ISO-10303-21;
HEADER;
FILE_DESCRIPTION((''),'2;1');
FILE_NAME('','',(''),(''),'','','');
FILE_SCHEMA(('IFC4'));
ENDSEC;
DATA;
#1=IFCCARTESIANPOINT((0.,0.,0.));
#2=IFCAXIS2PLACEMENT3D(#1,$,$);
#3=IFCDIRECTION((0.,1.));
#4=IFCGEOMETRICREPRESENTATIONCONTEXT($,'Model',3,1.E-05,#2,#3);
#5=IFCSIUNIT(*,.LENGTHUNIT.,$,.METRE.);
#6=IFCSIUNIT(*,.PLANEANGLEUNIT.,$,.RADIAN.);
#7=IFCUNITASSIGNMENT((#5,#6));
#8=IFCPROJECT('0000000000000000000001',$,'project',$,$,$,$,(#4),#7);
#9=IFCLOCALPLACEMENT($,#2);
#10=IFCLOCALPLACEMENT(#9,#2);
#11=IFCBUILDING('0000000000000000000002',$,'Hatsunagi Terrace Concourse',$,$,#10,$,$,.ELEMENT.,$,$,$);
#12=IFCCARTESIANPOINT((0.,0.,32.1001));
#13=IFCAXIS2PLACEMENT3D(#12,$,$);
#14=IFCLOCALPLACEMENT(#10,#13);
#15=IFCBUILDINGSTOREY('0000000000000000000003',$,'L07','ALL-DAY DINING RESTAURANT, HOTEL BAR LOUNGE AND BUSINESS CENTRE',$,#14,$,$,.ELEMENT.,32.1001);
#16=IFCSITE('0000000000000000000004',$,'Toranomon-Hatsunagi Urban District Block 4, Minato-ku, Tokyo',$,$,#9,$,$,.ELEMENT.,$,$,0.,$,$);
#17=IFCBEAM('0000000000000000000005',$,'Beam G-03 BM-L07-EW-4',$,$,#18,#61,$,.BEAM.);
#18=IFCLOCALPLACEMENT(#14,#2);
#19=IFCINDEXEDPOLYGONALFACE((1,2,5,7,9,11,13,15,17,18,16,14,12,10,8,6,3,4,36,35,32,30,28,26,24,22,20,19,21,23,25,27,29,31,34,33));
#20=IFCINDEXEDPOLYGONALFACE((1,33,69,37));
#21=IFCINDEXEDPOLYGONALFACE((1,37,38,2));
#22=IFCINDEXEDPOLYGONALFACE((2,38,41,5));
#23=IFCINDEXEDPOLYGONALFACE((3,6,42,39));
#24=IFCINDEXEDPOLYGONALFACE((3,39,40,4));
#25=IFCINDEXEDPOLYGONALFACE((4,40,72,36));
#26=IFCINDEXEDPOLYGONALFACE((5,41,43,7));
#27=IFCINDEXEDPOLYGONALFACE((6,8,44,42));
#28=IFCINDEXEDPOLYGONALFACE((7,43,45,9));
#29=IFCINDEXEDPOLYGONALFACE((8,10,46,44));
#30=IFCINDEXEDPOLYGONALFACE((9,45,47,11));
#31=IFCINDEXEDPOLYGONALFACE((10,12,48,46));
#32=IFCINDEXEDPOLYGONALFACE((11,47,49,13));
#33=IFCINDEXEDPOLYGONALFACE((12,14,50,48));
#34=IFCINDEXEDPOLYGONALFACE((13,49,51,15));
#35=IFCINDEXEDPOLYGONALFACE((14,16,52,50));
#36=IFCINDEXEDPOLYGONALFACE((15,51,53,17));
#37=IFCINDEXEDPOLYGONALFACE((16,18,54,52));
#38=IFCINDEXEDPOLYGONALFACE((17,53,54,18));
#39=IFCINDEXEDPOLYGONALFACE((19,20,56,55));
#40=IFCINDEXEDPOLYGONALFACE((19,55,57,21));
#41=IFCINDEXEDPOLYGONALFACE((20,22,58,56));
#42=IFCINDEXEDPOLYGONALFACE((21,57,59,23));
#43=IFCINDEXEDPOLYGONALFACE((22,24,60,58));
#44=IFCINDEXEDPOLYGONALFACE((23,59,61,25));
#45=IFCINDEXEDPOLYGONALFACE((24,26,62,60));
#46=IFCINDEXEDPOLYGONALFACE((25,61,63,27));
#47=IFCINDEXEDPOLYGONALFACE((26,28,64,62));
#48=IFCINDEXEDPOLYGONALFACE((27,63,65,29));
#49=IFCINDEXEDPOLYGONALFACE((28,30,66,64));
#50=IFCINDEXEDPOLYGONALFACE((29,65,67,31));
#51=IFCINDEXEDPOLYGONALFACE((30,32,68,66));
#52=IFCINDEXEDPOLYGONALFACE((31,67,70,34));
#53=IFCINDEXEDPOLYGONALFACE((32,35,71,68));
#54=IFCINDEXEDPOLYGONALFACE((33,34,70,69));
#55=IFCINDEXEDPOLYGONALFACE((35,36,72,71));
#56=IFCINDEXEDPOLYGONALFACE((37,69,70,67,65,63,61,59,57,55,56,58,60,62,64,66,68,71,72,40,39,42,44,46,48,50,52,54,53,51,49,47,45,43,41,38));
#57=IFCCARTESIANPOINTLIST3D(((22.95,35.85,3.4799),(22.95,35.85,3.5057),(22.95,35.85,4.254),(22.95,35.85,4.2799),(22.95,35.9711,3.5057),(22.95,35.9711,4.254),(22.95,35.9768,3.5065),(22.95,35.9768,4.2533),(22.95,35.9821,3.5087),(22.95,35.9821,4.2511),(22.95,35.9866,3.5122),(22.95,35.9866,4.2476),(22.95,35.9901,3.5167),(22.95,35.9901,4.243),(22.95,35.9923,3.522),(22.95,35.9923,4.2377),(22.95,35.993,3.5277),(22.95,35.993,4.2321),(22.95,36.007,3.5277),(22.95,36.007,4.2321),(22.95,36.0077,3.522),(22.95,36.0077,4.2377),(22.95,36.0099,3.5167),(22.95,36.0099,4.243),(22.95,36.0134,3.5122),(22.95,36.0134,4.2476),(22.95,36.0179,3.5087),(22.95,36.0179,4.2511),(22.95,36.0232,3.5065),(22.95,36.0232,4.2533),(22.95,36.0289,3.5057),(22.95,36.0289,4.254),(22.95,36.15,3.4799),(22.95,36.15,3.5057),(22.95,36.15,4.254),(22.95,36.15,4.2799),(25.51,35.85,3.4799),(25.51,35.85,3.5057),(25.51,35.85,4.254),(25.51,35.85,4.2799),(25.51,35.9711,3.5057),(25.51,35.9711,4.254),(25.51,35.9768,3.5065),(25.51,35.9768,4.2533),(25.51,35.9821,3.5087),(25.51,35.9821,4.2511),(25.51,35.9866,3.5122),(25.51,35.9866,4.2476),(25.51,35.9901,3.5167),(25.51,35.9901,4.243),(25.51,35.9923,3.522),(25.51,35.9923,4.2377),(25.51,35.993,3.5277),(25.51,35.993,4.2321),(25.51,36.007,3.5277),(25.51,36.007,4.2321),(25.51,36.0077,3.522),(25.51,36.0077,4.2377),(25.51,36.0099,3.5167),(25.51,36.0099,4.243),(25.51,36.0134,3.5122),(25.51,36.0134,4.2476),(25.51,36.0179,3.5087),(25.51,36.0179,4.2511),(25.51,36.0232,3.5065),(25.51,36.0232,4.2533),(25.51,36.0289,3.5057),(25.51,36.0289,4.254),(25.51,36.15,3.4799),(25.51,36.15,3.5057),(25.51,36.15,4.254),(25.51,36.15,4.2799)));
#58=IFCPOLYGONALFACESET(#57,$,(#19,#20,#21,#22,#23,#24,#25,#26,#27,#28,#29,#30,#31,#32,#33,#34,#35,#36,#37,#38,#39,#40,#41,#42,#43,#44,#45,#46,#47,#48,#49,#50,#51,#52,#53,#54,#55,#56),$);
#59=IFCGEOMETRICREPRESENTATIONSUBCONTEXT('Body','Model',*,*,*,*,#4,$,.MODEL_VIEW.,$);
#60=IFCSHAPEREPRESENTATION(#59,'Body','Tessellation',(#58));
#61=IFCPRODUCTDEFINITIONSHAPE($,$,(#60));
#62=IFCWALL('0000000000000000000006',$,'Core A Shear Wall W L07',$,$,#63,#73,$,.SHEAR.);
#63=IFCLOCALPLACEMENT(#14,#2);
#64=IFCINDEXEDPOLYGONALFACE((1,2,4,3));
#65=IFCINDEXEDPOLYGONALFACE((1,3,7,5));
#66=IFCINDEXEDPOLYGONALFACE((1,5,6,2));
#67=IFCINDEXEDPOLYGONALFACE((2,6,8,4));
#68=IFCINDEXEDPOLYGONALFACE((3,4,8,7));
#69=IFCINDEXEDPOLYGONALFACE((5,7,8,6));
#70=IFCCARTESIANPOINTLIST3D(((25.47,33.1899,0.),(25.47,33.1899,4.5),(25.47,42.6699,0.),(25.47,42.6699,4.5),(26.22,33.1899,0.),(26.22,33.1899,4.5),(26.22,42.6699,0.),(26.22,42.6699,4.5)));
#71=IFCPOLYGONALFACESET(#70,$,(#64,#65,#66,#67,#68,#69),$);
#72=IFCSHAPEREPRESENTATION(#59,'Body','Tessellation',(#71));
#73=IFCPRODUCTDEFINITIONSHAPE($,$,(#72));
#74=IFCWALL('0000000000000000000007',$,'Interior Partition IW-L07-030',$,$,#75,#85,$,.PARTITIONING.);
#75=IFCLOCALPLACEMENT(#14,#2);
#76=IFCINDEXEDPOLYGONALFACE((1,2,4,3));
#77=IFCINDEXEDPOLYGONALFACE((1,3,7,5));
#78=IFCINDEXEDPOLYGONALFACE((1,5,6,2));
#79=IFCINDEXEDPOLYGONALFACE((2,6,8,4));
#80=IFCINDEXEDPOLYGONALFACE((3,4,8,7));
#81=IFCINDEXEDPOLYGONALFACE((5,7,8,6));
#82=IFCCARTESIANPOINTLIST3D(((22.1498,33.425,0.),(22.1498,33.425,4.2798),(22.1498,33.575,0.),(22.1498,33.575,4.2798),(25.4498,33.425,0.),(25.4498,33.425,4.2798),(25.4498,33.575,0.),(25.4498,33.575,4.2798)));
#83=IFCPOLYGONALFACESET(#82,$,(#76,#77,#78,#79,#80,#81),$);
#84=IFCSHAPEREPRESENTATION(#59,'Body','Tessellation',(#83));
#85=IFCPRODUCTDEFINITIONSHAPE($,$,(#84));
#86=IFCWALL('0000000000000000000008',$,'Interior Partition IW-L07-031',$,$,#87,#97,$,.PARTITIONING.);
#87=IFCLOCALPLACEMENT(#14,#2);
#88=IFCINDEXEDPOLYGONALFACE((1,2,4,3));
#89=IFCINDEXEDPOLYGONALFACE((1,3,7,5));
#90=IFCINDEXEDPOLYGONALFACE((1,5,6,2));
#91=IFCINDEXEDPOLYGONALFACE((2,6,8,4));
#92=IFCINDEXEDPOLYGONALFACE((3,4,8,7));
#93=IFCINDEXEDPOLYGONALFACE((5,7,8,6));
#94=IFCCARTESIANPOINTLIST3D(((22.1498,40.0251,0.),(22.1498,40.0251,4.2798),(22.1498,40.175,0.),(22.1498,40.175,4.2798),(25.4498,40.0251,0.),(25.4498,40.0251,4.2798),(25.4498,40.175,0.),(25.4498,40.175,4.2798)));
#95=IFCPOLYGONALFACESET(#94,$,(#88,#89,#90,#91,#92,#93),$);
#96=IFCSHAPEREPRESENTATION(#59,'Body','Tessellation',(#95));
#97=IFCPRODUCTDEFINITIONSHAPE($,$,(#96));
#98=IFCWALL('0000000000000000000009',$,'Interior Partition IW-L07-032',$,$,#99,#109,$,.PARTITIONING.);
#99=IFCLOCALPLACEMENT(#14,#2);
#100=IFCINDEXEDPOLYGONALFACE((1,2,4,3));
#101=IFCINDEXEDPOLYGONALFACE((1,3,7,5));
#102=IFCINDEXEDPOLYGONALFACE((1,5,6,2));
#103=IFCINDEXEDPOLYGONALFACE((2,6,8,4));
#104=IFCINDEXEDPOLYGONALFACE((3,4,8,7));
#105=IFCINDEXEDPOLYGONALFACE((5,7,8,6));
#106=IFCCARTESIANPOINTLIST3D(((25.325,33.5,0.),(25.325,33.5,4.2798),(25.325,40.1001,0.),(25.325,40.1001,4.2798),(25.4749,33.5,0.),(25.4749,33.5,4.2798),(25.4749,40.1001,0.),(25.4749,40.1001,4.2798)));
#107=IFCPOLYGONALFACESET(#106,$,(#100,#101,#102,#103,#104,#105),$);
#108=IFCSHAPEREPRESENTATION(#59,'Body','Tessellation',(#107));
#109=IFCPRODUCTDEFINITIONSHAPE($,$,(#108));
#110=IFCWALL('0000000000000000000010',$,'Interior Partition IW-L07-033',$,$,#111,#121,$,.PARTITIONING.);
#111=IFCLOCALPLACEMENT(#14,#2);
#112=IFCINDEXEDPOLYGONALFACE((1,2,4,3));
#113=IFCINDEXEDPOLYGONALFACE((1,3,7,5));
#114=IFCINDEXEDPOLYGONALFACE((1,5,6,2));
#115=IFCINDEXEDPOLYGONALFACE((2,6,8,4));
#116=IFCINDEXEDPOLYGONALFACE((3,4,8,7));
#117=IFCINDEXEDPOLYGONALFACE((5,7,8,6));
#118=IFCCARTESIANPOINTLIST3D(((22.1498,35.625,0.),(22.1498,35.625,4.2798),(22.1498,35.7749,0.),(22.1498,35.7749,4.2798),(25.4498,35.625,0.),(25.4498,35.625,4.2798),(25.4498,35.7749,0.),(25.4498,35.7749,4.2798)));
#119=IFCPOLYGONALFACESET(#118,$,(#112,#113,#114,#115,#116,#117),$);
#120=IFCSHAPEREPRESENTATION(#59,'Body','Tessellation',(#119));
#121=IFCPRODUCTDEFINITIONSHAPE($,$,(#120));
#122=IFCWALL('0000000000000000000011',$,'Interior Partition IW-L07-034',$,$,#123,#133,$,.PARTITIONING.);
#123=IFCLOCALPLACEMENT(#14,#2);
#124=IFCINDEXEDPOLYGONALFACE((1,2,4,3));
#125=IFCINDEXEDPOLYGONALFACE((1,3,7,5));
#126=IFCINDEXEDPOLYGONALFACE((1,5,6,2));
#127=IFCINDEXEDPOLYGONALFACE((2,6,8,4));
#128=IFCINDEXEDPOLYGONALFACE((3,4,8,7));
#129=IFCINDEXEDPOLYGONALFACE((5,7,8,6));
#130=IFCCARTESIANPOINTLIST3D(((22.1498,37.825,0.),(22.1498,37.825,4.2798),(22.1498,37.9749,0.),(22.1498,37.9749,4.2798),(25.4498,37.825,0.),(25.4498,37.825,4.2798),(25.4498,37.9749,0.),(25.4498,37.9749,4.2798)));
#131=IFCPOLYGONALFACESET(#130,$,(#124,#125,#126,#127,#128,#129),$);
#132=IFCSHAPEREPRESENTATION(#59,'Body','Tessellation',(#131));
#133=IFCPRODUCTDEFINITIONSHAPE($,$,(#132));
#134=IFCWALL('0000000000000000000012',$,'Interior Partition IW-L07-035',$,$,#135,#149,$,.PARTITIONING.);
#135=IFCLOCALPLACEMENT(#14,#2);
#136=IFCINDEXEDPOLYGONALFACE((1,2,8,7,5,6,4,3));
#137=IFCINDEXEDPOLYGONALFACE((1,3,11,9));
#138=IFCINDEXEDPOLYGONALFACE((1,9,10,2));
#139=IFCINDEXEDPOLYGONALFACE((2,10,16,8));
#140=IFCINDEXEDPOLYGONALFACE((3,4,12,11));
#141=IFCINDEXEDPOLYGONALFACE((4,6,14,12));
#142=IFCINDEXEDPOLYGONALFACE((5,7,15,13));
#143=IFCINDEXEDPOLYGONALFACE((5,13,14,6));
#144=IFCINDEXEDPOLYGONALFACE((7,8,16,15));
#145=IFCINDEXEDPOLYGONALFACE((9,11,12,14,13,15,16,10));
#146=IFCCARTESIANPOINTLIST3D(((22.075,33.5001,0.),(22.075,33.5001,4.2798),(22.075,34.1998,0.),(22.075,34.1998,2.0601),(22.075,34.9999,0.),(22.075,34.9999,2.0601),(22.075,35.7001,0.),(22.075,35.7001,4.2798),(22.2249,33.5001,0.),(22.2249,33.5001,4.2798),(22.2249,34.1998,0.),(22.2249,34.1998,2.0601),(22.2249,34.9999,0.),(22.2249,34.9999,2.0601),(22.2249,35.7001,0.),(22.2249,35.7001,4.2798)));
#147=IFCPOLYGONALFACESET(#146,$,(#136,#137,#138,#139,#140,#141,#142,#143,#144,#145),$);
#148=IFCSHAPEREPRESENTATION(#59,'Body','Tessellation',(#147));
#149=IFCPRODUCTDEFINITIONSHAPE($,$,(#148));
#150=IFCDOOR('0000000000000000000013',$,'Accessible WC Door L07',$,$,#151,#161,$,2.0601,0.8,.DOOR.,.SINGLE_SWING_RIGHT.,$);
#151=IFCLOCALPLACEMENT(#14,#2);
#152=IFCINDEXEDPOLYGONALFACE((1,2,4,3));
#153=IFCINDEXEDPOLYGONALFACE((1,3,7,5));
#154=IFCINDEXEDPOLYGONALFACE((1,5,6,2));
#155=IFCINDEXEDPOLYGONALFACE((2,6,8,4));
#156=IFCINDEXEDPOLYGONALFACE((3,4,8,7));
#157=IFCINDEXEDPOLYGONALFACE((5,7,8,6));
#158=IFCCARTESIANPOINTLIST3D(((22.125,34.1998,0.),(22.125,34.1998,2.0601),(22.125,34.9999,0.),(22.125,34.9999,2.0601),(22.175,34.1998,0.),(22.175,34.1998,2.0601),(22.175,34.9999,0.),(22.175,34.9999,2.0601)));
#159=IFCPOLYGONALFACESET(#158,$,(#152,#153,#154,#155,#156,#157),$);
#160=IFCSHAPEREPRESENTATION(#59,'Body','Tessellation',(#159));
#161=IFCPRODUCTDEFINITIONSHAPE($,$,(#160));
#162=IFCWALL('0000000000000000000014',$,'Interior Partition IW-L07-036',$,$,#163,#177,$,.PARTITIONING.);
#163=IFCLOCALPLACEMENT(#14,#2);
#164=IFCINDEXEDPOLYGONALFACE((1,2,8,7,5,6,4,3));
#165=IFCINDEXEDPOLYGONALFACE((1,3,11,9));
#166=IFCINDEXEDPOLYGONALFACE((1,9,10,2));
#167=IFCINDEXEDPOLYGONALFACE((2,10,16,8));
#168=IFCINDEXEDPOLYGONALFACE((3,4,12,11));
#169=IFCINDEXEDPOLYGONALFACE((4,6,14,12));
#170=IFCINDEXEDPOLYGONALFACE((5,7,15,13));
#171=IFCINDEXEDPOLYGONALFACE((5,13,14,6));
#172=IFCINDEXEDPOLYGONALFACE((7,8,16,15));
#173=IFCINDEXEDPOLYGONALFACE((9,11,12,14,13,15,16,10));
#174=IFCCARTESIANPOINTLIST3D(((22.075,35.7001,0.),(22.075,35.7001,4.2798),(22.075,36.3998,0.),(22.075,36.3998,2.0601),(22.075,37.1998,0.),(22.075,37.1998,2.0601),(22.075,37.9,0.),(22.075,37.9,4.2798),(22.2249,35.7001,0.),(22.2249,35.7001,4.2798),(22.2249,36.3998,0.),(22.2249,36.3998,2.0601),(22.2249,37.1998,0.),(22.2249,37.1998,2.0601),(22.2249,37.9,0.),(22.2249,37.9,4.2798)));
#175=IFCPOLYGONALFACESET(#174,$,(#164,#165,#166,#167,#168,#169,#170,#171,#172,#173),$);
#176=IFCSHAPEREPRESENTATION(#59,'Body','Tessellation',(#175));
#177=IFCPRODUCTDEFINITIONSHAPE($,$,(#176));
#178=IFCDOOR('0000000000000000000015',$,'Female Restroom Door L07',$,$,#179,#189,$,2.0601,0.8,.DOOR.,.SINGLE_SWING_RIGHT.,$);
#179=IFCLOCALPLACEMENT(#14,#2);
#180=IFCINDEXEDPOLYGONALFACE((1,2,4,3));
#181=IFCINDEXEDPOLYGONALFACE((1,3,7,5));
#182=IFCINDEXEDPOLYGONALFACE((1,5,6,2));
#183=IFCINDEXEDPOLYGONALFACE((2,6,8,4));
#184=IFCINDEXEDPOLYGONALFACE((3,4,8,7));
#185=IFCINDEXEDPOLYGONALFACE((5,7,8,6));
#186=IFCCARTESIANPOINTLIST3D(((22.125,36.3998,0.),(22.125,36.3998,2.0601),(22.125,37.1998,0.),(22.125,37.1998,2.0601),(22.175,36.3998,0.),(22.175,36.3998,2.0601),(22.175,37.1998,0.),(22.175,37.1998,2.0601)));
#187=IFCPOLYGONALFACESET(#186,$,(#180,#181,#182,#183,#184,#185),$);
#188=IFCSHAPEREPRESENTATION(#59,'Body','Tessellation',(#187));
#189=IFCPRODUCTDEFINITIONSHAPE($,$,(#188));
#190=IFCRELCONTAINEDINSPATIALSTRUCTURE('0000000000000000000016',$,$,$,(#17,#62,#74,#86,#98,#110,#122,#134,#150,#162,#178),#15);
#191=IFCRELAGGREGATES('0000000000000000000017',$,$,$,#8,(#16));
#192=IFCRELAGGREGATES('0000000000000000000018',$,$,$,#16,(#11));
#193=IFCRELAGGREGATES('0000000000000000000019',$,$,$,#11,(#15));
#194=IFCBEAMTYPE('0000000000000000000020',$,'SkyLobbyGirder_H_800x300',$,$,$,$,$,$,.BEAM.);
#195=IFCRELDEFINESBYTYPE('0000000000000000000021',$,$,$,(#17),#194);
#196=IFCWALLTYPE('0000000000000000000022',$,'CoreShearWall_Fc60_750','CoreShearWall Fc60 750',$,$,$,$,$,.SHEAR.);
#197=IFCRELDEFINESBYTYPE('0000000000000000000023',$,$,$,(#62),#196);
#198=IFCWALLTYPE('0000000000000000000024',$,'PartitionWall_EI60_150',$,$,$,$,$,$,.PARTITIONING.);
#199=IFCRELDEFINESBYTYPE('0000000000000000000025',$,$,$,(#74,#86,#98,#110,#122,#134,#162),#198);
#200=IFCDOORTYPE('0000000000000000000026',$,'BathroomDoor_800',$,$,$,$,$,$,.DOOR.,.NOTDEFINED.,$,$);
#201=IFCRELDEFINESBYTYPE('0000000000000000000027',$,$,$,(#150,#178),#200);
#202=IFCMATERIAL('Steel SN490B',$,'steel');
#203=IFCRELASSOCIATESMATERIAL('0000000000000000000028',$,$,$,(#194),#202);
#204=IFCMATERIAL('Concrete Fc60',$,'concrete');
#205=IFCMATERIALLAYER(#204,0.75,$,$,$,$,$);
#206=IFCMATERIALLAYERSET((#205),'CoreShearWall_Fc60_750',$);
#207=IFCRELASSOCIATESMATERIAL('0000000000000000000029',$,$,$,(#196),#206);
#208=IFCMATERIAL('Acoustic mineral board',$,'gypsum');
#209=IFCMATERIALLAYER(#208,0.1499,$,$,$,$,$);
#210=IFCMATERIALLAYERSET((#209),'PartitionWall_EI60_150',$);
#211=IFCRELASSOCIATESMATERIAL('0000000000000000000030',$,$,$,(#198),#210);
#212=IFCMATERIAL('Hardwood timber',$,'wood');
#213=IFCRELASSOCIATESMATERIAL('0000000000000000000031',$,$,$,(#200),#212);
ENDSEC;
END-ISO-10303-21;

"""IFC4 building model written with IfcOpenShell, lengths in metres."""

from ifc_helpers import new_model, si_unit, direction, frame, frame_2d, origin, origin_2d, place, context, subcontext, project, spatial, rectangle, i_section, extrude, material, layer, layer_set, material_profile, profile_set, type_object, element, fill, save


model = new_model("IFC4")

# Units and contexts
model_context = context("Model", 3, precision=1e-05, world=origin(), true_north=direction((0.0, 1.0)))
body_context = subcontext(model_context, "Body", "Model", "MODEL_VIEW")
ifc_project = project(units=[si_unit("LENGTHUNIT", "METRE"), si_unit("PLANEANGLEUNIT", "RADIAN")], contexts=[model_context])

# Site, building, storey
site_placement = place(None, origin())
site = spatial("IfcSite", under=ifc_project, at=site_placement, Name="Toranomon-Hatsunagi Urban District Block 4, Minato-ku, Tokyo", CompositionType="ELEMENT", RefElevation=0.0)
building_placement = place(site_placement, origin())
building = spatial("IfcBuilding", under=site, at=building_placement, Name="Hatsunagi Terrace Concourse", CompositionType="ELEMENT")
storey_placement = place(building_placement, frame((0.0, 0.0, 32.1001)))
storey = spatial("IfcBuildingStorey", under=building, at=storey_placement, Name="L07", Description="ALL-DAY DINING RESTAURANT, HOTEL BAR LOUNGE AND BUSINESS CENTRE", CompositionType="ELEMENT", Elevation=32.1001)

# Beam
ifc_material_1 = material(Name="Steel SN490B", Category="steel")
ifc_material_profile_1 = material_profile(ifc_material_1, i_section(OverallWidth=0.3, OverallDepth=0.8, WebThickness=0.0139, FlangeThickness=0.0259, FilletRadius=0.022, at=origin_2d()), Name="H-800x300x14x26")
ifc_profile_set_1 = profile_set([ifc_material_profile_1], Name="Steel SN490B")
beam_type_1 = type_object("IfcBeamType", Name="SkyLobbyGirder_H_800x300", PredefinedType="BEAM", material=ifc_profile_set_1)
beam_1_placement = place(storey_placement, frame((22.95, 36.0, 3.8799), z_axis=(1.0, 0.0, 0.0), x_axis=(0.0, 1.0, 0.0)))
element("IfcBeam", 1, at=beam_1_placement, inside=storey, type_object=beam_type_1, Name="Beam G-03 BM-L07-EW-4", PredefinedType="BEAM", context=body_context, shape_type="SweptSolid", body=[
    extrude(i_section(OverallWidth=0.3, OverallDepth=0.8, WebThickness=0.0139, FlangeThickness=0.0259, FilletRadius=0.022, at=origin_2d()), origin(), (0.0, 0.0, 1.0), 2.5601),
])

# Shared definitions
ifc_material_2 = material(Name="Concrete Fc60", Category="concrete")
ifc_layer_1 = layer(ifc_material_2, 0.75)
ifc_layer_set_1 = layer_set([ifc_layer_1], Name="CoreShearWall_Fc60_750")
wall_type_1 = type_object("IfcWallType", Name="CoreShearWall_Fc60_750", Description="CoreShearWall Fc60 750", PredefinedType="SHEAR", material=ifc_layer_set_1)

# Walls
wall_1_placement = place(storey_placement, frame((25.845, 33.1899, 0.0), z_axis=(0.0, 0.0, 1.0), x_axis=(0.0, 1.0, 0.0)))
element("IfcWall", 2, at=wall_1_placement, inside=storey, type_object=wall_type_1, Name="Core A Shear Wall W L07", PredefinedType="SHEAR", context=body_context, shape_type="SweptSolid", body=[
    extrude(rectangle(XDim=9.48, YDim=0.75, at=frame_2d((4.74, 0.0))), origin(), (0.0, 0.0, 1.0), 4.5),
])
ifc_material_3 = material(Name="Acoustic mineral board", Category="gypsum")
ifc_layer_2 = layer(ifc_material_3, 0.1499)
ifc_layer_set_2 = layer_set([ifc_layer_2], Name="PartitionWall_EI60_150")
wall_type_2 = type_object("IfcWallType", Name="PartitionWall_EI60_150", PredefinedType="PARTITIONING", material=ifc_layer_set_2)
for number, where, z_axis, x_axis, name in (
    (3, (22.1499, 33.5, 0.0), (0.0, 0.0, 1.0), (1.0, 0.0, 0.0), "Interior Partition IW-L07-030"),
    (4, (22.1499, 40.1001, 0.0), (0.0, 0.0, 1.0), (1.0, 0.0, 0.0), "Interior Partition IW-L07-031"),
):
    element("IfcWall", number, at=place(storey_placement, frame(where, z_axis=z_axis, x_axis=x_axis)), inside=storey, type_object=wall_type_2, Name=name, PredefinedType="PARTITIONING", context=body_context, shape_type="SweptSolid", body=[
        extrude(rectangle(XDim=3.3, YDim=0.1499, at=frame_2d((1.6499, 0.0))), origin(), (0.0, 0.0, 1.0), 4.2798),
    ])
wall_2_placement = place(storey_placement, frame((25.3999, 33.5, 0.0), z_axis=(0.0, 0.0, 1.0), x_axis=(0.0, 1.0, 0.0)))
element("IfcWall", 5, at=wall_2_placement, inside=storey, type_object=wall_type_2, Name="Interior Partition IW-L07-032", PredefinedType="PARTITIONING", context=body_context, shape_type="SweptSolid", body=[
    extrude(rectangle(XDim=6.6001, YDim=0.1499, at=frame_2d((3.3, 0.0))), origin(), (0.0, 0.0, 1.0), 4.2798),
])
for number, where, z_axis, x_axis, name in (
    (6, (22.1499, 35.7, 0.0), (0.0, 0.0, 1.0), (1.0, 0.0, 0.0), "Interior Partition IW-L07-033"),
    (7, (22.1499, 37.8999, 0.0), (0.0, 0.0, 1.0), (1.0, 0.0, 0.0), "Interior Partition IW-L07-034"),
):
    element("IfcWall", number, at=place(storey_placement, frame(where, z_axis=z_axis, x_axis=x_axis)), inside=storey, type_object=wall_type_2, Name=name, PredefinedType="PARTITIONING", context=body_context, shape_type="SweptSolid", body=[
        extrude(rectangle(XDim=3.3, YDim=0.1499, at=frame_2d((1.6499, 0.0))), origin(), (0.0, 0.0, 1.0), 4.2798),
    ])

# Walls, openings, doors
wall_3_placement = place(storey_placement, frame((22.1499, 33.5, 0.0), z_axis=(0.0, 0.0, 1.0), x_axis=(0.0, 1.0, 0.0)))
wall_3 = element("IfcWall", 8, at=wall_3_placement, inside=storey, type_object=wall_type_2, Name="Interior Partition IW-L07-035", PredefinedType="PARTITIONING", context=body_context, shape_type="SweptSolid", body=[
    extrude(rectangle(XDim=2.2, YDim=0.1499, at=frame_2d((1.1001, 0.0))), origin(), (0.0, 0.0, 1.0), 4.2798),
])
opening_1_placement = place(wall_3_placement, frame((0.7, 0.0, 0.0)))
opening_1 = element("IfcOpeningElement", 9, at=opening_1_placement, cuts=wall_3, PredefinedType="OPENING", context=body_context, shape_type="SweptSolid", body=[
    extrude(rectangle(XDim=0.8, YDim=2.0601, at=frame_2d((0.3999, 1.03))), frame((0.0, 0.085, 0.0), z_axis=(0.0, -1.0, 0.0), x_axis=(1.0, 0.0, 0.0)), (0.0, 0.0, 1.0), 0.1699),
])
ifc_material_4 = material(Name="Hardwood timber", Category="wood")
door_type_1 = type_object("IfcDoorType", Name="BathroomDoor_800", OperationType="NOTDEFINED", PredefinedType="DOOR", material=ifc_material_4)
door_1_placement = place(opening_1_placement, origin())
door_1 = element("IfcDoor", 10, at=door_1_placement, inside=storey, type_object=door_type_1, Name="Accessible WC Door L07", OperationType="SINGLE_SWING_RIGHT", OverallHeight=2.0601, OverallWidth=0.8, PredefinedType="DOOR", context=body_context, shape_type="SweptSolid", body=[
    extrude(rectangle(XDim=0.8, YDim=2.0601, at=frame_2d((0.3999, 1.03))), frame((0.0, 0.0249, 0.0), z_axis=(0.0, -1.0, 0.0), x_axis=(1.0, 0.0, 0.0)), (0.0, 0.0, 1.0), 0.05),
])
fill(opening_1, door_1)
wall_4_placement = place(storey_placement, frame((22.1499, 35.7, 0.0), z_axis=(0.0, 0.0, 1.0), x_axis=(0.0, 1.0, 0.0)))
wall_4 = element("IfcWall", 11, at=wall_4_placement, inside=storey, type_object=wall_type_2, Name="Interior Partition IW-L07-036", PredefinedType="PARTITIONING", context=body_context, shape_type="SweptSolid", body=[
    extrude(rectangle(XDim=2.2, YDim=0.1499, at=frame_2d((1.1001, 0.0))), origin(), (0.0, 0.0, 1.0), 4.2798),
])
opening_2_placement = place(wall_4_placement, frame((0.7, 0.0, 0.0)))
opening_2 = element("IfcOpeningElement", 12, at=opening_2_placement, cuts=wall_4, PredefinedType="OPENING", context=body_context, shape_type="SweptSolid", body=[
    extrude(rectangle(XDim=0.8, YDim=2.0601, at=frame_2d((0.3999, 1.03))), frame((0.0, 0.085, 0.0), z_axis=(0.0, -1.0, 0.0), x_axis=(1.0, 0.0, 0.0)), (0.0, 0.0, 1.0), 0.1699),
])
door_2_placement = place(opening_2_placement, origin())
door_2 = element("IfcDoor", 13, at=door_2_placement, inside=storey, type_object=door_type_1, Name="Female Restroom Door L07", OperationType="SINGLE_SWING_RIGHT", OverallHeight=2.0601, OverallWidth=0.8, PredefinedType="DOOR", context=body_context, shape_type="SweptSolid", body=[
    extrude(rectangle(XDim=0.8, YDim=2.0601, at=frame_2d((0.3999, 1.03))), frame((0.0, 0.0249, 0.0), z_axis=(0.0, -1.0, 0.0), x_axis=(1.0, 0.0, 0.0)), (0.0, 0.0, 1.0), 0.05),
])
fill(opening_2, door_2)

save(model, "model.ifc")
